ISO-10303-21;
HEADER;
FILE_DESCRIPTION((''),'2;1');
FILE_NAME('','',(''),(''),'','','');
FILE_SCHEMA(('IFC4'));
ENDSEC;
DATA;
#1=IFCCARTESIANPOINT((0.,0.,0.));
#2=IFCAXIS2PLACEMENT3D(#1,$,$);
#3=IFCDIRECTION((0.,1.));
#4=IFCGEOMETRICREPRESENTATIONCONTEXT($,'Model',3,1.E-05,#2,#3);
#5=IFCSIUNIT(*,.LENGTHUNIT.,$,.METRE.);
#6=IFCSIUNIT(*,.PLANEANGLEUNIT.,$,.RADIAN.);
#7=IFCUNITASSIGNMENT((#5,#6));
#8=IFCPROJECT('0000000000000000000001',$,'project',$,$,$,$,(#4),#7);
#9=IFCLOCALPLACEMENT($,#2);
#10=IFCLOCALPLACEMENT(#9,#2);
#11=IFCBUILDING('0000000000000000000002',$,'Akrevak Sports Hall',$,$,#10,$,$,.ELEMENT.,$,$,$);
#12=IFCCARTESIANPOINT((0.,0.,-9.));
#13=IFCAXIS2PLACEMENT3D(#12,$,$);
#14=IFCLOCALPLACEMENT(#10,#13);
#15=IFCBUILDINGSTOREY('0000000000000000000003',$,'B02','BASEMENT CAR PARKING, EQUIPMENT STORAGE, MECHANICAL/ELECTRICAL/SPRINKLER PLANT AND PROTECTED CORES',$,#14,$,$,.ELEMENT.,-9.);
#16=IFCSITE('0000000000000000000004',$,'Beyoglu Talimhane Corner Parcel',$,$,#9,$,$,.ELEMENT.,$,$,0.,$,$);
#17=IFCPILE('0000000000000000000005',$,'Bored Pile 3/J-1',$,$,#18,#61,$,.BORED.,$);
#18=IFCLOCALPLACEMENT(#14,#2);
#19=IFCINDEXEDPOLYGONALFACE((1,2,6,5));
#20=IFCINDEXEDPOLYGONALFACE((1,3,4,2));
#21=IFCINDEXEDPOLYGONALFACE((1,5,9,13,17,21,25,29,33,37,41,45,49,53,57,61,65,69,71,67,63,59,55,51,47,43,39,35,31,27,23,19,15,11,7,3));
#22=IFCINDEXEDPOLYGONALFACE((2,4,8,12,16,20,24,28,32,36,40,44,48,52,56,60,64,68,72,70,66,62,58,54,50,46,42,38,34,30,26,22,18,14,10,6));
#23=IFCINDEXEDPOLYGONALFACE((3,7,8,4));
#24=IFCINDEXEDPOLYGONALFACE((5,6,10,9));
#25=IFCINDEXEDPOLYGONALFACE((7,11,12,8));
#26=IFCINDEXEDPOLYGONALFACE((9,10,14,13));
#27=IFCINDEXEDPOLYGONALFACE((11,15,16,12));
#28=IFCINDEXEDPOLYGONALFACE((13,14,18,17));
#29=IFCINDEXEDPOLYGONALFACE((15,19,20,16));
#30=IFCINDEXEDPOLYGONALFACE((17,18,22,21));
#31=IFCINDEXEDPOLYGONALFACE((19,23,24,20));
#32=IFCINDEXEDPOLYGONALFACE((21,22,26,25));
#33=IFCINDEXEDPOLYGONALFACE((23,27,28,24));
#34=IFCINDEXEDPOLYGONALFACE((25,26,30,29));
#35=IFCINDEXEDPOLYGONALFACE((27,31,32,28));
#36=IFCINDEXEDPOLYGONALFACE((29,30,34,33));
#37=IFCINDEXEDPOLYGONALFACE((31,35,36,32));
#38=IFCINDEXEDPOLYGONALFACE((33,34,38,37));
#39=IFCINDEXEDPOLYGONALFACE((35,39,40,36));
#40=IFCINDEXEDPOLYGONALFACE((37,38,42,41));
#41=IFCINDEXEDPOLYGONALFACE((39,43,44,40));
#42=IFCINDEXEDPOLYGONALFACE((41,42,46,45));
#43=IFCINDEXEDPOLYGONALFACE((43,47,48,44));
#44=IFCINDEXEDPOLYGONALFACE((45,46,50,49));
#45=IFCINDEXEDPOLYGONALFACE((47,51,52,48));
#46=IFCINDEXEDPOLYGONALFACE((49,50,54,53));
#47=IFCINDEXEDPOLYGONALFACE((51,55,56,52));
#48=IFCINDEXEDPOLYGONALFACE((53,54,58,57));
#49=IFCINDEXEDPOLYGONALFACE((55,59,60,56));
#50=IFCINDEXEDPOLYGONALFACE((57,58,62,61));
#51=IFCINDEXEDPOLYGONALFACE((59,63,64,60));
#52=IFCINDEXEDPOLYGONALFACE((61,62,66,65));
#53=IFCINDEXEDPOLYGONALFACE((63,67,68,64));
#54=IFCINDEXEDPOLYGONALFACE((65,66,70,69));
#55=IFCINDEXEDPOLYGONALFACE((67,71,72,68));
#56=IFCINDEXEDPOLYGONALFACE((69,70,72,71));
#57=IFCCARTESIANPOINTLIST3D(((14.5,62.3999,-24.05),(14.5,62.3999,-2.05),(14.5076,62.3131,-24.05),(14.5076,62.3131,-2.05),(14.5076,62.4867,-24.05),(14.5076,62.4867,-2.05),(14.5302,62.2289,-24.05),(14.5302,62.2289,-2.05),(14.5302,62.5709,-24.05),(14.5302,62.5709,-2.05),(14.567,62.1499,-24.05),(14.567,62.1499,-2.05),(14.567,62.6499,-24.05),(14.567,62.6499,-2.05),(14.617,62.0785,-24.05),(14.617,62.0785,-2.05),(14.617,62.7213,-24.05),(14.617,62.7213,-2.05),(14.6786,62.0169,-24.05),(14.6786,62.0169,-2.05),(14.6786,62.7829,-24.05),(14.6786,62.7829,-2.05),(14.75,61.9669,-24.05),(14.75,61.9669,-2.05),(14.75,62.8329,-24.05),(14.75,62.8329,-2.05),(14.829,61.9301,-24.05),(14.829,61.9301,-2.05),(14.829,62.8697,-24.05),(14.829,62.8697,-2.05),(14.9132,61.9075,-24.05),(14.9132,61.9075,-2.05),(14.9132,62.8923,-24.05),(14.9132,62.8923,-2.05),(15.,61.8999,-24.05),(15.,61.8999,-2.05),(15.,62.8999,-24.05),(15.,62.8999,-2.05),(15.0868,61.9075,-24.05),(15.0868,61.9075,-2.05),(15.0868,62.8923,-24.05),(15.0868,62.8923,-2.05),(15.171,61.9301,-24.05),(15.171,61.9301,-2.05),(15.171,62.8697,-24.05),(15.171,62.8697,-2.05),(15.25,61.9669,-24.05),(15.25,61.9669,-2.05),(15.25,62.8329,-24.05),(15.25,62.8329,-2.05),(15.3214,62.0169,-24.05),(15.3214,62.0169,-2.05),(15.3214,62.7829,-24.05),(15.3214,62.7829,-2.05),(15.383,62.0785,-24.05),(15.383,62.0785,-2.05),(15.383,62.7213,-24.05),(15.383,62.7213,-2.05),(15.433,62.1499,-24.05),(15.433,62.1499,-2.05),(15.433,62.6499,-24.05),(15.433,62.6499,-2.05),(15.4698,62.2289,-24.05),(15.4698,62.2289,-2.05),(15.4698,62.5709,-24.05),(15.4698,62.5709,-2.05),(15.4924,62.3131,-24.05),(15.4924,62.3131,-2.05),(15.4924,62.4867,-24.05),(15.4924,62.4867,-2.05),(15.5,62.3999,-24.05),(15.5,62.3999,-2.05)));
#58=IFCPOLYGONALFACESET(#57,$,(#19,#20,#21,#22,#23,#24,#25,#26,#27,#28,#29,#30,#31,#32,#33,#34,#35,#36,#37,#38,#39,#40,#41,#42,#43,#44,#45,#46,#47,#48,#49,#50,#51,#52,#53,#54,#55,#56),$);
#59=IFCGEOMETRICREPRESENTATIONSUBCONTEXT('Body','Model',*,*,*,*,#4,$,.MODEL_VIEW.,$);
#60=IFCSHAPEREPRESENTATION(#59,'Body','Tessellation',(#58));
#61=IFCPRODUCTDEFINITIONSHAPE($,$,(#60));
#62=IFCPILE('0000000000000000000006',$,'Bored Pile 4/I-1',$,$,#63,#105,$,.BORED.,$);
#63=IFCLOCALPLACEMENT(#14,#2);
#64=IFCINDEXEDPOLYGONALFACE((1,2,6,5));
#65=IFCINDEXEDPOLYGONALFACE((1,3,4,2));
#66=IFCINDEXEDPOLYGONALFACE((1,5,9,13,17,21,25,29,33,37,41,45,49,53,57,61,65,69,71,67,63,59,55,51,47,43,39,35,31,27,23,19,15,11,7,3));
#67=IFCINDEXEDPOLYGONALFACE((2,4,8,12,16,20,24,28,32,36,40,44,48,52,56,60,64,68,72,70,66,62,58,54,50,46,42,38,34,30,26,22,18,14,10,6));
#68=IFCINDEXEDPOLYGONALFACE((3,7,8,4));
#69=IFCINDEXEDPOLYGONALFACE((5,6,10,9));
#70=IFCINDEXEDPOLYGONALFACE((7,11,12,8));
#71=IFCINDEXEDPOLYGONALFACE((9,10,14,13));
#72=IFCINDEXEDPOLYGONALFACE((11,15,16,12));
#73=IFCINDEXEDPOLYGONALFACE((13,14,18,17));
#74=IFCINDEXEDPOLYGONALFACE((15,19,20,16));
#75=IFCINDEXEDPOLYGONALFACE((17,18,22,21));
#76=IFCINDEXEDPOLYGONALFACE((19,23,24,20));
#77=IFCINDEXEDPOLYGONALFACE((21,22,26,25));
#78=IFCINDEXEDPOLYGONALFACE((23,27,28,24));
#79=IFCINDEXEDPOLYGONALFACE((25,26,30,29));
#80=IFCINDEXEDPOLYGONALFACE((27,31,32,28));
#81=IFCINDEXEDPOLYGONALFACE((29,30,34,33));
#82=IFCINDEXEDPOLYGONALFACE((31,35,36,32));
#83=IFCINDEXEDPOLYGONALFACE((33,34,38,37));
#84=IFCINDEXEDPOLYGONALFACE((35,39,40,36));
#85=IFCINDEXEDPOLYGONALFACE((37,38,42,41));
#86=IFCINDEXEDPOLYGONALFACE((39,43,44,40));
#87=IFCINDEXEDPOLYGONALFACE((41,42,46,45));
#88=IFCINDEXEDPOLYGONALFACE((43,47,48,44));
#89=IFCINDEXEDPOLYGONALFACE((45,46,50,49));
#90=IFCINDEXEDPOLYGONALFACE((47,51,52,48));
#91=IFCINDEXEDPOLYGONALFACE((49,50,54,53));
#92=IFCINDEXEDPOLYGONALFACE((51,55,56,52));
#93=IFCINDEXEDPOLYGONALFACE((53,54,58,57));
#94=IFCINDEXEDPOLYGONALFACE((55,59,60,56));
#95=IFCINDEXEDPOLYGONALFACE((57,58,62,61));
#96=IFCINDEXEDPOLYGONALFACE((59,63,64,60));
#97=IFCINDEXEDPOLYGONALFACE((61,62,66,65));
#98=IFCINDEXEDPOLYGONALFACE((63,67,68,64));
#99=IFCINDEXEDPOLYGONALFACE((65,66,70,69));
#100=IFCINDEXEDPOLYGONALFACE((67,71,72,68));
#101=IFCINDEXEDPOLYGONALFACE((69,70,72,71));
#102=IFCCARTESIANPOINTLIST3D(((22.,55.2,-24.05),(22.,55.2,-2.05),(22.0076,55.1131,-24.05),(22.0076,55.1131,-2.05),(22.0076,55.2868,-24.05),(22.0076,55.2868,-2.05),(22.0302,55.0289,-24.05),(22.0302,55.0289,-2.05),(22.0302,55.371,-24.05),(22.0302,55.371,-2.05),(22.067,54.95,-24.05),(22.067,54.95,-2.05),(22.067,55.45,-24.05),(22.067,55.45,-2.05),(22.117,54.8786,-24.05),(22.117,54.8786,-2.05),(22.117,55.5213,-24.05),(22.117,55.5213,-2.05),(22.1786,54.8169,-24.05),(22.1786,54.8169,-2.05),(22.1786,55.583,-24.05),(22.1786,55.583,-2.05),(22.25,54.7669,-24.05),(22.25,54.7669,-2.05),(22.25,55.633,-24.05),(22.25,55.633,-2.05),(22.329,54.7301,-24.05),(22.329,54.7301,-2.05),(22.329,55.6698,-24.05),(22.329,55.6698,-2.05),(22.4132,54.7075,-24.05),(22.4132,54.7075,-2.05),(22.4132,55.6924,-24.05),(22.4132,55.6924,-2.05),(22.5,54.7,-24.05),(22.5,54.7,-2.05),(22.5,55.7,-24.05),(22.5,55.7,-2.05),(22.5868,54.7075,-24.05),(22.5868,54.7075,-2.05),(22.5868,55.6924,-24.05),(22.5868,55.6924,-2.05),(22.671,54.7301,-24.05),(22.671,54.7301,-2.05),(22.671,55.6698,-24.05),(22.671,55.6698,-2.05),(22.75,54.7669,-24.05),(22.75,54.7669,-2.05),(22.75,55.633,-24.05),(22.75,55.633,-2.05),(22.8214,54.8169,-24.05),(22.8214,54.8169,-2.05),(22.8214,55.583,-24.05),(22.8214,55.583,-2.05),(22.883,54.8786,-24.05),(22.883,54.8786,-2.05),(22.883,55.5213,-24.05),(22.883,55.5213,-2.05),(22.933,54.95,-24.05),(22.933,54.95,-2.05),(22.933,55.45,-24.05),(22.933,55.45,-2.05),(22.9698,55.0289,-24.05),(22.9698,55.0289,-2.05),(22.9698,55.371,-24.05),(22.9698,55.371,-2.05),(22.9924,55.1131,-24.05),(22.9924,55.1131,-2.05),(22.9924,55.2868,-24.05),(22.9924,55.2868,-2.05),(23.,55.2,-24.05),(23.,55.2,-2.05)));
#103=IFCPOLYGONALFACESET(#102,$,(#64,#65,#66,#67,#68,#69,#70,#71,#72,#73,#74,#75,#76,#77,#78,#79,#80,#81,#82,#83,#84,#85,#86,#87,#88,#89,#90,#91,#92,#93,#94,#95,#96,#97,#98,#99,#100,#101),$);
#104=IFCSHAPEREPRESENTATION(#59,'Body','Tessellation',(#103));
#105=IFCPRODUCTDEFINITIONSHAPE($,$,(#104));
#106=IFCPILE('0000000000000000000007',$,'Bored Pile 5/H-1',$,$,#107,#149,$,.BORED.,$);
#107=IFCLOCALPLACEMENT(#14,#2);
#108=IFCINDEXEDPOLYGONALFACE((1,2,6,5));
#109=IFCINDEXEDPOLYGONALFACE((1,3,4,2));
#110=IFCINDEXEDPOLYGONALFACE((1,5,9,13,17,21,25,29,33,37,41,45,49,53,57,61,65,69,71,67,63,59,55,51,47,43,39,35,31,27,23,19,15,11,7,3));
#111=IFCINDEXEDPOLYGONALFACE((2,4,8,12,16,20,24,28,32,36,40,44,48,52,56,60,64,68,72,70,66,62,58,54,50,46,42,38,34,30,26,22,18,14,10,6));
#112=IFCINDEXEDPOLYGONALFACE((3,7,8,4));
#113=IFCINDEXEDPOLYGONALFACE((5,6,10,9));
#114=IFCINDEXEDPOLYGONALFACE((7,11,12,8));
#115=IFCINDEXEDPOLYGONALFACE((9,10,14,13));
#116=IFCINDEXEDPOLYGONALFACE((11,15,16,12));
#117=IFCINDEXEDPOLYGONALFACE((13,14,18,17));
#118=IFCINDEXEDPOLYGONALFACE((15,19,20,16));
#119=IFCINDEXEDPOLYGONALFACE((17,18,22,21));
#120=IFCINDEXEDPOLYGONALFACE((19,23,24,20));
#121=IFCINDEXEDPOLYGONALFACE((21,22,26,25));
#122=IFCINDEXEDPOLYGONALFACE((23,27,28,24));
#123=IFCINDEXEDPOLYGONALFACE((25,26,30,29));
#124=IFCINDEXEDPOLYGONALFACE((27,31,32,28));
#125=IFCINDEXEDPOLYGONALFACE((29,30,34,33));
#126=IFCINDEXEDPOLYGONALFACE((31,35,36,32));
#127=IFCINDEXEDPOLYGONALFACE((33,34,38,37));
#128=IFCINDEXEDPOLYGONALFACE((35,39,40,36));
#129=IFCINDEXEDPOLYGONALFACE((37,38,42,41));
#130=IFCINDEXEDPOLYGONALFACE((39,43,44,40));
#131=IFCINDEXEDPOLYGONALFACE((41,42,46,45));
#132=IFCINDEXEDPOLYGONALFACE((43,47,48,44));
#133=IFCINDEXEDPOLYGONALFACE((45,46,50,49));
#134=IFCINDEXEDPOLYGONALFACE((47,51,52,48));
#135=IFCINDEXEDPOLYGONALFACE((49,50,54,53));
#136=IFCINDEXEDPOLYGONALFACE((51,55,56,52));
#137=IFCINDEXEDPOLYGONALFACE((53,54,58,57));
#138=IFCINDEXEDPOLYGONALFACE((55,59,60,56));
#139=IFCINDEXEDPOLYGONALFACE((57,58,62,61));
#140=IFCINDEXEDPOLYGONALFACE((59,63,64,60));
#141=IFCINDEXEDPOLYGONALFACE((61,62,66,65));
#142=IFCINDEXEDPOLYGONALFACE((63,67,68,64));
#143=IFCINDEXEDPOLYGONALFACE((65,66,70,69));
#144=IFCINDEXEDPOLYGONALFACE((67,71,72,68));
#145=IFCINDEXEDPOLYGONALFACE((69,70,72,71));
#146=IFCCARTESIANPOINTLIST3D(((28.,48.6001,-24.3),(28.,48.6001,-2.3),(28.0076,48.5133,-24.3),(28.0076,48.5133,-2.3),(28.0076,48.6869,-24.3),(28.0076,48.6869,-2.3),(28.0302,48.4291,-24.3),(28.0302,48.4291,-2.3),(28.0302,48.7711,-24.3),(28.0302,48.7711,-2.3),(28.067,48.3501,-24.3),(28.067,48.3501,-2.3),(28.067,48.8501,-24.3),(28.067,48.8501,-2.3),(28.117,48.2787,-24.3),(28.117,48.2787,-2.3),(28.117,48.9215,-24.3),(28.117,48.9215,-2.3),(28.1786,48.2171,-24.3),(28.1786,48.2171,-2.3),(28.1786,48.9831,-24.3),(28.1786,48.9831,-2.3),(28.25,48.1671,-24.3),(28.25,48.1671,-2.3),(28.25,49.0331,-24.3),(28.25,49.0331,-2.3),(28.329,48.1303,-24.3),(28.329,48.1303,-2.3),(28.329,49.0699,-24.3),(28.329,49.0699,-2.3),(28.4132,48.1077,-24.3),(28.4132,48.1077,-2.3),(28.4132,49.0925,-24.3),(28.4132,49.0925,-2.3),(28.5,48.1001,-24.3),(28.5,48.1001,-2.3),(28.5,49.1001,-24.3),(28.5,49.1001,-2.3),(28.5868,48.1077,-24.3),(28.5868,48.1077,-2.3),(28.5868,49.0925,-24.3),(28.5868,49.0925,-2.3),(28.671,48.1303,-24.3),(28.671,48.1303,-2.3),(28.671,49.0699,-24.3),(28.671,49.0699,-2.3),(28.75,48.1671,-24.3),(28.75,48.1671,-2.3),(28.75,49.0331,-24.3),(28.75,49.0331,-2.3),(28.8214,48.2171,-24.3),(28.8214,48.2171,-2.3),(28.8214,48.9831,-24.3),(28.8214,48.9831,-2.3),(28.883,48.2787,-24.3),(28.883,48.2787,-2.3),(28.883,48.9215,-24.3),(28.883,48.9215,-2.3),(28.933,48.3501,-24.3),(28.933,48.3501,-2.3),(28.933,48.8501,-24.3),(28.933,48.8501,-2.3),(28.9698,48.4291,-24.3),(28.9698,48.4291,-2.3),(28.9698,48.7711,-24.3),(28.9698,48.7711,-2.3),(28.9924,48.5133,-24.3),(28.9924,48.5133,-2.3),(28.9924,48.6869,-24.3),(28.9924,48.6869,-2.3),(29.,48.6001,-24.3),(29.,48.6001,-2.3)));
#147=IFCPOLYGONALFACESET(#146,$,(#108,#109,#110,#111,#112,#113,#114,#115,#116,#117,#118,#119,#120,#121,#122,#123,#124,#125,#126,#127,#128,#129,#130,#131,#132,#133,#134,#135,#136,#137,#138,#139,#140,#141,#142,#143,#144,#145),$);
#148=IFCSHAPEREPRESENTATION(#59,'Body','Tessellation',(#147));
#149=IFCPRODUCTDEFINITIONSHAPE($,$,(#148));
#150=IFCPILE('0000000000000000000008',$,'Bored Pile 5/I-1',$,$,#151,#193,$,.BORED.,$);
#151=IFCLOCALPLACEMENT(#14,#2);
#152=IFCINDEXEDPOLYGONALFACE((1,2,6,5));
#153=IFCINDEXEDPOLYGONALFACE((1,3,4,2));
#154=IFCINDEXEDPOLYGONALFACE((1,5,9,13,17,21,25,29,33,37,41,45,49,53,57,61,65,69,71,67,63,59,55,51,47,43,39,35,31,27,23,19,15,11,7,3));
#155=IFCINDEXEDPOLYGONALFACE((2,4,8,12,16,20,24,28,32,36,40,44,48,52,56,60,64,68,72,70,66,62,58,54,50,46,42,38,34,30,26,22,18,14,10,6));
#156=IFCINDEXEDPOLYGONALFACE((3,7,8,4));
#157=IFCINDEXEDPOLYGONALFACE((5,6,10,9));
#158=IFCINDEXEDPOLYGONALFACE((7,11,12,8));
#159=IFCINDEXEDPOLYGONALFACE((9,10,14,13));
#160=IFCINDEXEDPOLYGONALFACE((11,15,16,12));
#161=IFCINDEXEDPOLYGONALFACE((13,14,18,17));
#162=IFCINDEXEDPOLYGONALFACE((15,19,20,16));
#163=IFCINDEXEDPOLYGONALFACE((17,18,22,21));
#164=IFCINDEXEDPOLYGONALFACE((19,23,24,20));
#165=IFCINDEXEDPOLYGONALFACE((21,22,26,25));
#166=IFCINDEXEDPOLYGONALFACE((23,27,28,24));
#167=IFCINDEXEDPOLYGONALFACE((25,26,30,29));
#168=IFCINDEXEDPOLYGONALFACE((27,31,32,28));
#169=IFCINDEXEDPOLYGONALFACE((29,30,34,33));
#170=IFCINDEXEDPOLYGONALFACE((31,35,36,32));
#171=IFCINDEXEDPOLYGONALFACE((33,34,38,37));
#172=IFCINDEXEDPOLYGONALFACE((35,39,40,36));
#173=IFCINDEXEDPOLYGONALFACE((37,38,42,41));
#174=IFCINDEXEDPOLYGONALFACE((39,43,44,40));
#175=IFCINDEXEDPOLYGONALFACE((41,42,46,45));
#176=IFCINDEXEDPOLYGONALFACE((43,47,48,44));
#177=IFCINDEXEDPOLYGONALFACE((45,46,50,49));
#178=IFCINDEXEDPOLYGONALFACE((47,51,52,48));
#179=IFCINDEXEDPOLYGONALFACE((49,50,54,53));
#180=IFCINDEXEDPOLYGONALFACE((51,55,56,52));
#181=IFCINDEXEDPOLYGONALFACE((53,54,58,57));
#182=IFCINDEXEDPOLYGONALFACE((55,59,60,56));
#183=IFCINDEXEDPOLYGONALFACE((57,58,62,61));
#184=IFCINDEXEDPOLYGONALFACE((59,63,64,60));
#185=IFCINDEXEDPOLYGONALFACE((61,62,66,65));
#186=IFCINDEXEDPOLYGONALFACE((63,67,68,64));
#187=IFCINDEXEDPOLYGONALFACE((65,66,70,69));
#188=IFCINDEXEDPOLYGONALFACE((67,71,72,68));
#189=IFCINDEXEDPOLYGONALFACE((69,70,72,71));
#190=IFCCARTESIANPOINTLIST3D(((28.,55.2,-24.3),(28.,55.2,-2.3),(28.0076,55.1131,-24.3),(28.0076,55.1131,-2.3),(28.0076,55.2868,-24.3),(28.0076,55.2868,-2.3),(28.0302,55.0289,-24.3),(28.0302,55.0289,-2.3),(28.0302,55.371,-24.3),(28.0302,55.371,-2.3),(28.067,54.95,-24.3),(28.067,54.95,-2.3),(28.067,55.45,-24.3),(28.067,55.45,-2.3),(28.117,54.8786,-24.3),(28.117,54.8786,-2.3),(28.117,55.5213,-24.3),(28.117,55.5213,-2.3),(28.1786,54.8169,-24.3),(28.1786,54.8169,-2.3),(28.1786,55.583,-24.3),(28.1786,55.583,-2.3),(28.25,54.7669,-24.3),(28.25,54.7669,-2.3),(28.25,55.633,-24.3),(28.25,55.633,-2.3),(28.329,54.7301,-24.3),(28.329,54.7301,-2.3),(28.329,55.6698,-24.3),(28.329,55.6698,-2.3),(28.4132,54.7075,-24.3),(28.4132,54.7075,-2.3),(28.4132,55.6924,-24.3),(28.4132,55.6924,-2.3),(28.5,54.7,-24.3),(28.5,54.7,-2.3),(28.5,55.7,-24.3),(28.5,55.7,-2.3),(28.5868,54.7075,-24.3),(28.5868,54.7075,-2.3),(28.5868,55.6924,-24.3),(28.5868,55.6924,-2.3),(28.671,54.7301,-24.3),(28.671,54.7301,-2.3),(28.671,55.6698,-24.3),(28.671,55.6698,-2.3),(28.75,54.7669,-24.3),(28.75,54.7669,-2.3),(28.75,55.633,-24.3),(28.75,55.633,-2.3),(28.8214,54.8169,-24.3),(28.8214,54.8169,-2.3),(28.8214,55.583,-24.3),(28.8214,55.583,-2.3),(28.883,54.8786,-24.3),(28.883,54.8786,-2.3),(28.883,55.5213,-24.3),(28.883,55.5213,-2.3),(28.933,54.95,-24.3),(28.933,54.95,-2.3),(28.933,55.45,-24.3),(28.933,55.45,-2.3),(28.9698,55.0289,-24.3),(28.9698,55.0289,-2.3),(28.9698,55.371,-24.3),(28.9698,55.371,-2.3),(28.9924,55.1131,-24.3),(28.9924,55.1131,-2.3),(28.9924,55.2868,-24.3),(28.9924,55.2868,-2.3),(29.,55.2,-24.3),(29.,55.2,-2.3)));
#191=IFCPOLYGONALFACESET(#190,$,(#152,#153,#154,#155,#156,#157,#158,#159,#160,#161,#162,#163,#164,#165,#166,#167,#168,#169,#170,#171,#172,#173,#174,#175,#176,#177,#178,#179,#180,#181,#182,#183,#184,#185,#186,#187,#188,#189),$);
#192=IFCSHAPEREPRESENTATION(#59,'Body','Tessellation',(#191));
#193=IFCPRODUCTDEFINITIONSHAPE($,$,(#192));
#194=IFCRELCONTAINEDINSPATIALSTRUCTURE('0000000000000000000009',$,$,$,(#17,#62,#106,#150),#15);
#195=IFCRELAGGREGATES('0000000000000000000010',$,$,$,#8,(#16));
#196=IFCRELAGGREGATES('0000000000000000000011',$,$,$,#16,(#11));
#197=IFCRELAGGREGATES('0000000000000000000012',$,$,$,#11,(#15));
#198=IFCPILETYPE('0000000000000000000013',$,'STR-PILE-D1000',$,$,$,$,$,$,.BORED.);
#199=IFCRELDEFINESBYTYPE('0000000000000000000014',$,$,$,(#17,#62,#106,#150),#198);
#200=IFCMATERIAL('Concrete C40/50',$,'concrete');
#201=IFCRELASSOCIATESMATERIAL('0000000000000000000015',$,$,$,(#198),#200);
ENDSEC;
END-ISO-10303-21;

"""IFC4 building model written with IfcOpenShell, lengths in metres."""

from ifc_helpers import new_model, si_unit, direction, frame, origin, origin_2d, place, context, subcontext, project, spatial, circle, extrude, material, material_profile, profile_set, type_object, element, save


model = new_model("IFC4")

# Units and contexts
model_context = context("Model", 3, precision=1e-05, world=origin(), true_north=direction((0.0, 1.0)))
body_context = subcontext(model_context, "Body", "Model", "MODEL_VIEW")
ifc_project = project(units=[si_unit("LENGTHUNIT", "METRE"), si_unit("PLANEANGLEUNIT", "RADIAN")], contexts=[model_context])

# Site, building, storey
site_placement = place(None, origin())
site = spatial("IfcSite", under=ifc_project, at=site_placement, Name="Beyoglu Talimhane Corner Parcel", CompositionType="ELEMENT", RefElevation=0.0)
building_placement = place(site_placement, origin())
building = spatial("IfcBuilding", under=site, at=building_placement, Name="Akrevak Sports Hall", CompositionType="ELEMENT")
storey_placement = place(building_placement, frame((0.0, 0.0, -9.0)))
storey = spatial("IfcBuildingStorey", under=building, at=storey_placement, Name="B02", Description="BASEMENT CAR PARKING, EQUIPMENT STORAGE, MECHANICAL/ELECTRICAL/SPRINKLER PLANT AND PROTECTED CORES", CompositionType="ELEMENT", Elevation=-9.0)

# Shared definitions
ifc_material_1 = material(Name="Concrete C40/50", Category="concrete")

# Piles
ifc_material_profile_1 = material_profile(ifc_material_1, circle(Radius=0.5, at=origin_2d()), Name="BORED PILE D1000", Category="concrete")
ifc_profile_set_1 = profile_set([ifc_material_profile_1], Name="Concrete C40/50")
pile_type_1 = type_object("IfcPileType", Name="STR-PILE-D1000", PredefinedType="BORED", material=ifc_profile_set_1)
for number, where, z_axis, x_axis, name in (
    (1, (15.0, 62.3999, -2.05), (0.0, 0.0, -1.0), (1.0, 0.0, 0.0), "Bored Pile 3/J-1"),
    (2, (22.5, 55.2, -2.05), (0.0, 0.0, -1.0), (1.0, 0.0, 0.0), "Bored Pile 4/I-1"),
    (3, (28.5, 48.6001, -2.3), (0.0, 0.0, -1.0), (1.0, 0.0, 0.0), "Bored Pile 5/H-1"),
    (4, (28.5, 55.2, -2.3), (0.0, 0.0, -1.0), (1.0, 0.0, 0.0), "Bored Pile 5/I-1"),
):
    element("IfcPile", number, at=place(storey_placement, frame(where, z_axis=z_axis, x_axis=x_axis)), inside=storey, type_object=pile_type_1, Name=name, PredefinedType="BORED", context=body_context, shape_type="SweptSolid", body=[
        extrude(circle(Radius=0.5, at=origin_2d()), origin(), (0.0, 0.0, 1.0), 22.0),
    ])

save(model, "model.ifc")
